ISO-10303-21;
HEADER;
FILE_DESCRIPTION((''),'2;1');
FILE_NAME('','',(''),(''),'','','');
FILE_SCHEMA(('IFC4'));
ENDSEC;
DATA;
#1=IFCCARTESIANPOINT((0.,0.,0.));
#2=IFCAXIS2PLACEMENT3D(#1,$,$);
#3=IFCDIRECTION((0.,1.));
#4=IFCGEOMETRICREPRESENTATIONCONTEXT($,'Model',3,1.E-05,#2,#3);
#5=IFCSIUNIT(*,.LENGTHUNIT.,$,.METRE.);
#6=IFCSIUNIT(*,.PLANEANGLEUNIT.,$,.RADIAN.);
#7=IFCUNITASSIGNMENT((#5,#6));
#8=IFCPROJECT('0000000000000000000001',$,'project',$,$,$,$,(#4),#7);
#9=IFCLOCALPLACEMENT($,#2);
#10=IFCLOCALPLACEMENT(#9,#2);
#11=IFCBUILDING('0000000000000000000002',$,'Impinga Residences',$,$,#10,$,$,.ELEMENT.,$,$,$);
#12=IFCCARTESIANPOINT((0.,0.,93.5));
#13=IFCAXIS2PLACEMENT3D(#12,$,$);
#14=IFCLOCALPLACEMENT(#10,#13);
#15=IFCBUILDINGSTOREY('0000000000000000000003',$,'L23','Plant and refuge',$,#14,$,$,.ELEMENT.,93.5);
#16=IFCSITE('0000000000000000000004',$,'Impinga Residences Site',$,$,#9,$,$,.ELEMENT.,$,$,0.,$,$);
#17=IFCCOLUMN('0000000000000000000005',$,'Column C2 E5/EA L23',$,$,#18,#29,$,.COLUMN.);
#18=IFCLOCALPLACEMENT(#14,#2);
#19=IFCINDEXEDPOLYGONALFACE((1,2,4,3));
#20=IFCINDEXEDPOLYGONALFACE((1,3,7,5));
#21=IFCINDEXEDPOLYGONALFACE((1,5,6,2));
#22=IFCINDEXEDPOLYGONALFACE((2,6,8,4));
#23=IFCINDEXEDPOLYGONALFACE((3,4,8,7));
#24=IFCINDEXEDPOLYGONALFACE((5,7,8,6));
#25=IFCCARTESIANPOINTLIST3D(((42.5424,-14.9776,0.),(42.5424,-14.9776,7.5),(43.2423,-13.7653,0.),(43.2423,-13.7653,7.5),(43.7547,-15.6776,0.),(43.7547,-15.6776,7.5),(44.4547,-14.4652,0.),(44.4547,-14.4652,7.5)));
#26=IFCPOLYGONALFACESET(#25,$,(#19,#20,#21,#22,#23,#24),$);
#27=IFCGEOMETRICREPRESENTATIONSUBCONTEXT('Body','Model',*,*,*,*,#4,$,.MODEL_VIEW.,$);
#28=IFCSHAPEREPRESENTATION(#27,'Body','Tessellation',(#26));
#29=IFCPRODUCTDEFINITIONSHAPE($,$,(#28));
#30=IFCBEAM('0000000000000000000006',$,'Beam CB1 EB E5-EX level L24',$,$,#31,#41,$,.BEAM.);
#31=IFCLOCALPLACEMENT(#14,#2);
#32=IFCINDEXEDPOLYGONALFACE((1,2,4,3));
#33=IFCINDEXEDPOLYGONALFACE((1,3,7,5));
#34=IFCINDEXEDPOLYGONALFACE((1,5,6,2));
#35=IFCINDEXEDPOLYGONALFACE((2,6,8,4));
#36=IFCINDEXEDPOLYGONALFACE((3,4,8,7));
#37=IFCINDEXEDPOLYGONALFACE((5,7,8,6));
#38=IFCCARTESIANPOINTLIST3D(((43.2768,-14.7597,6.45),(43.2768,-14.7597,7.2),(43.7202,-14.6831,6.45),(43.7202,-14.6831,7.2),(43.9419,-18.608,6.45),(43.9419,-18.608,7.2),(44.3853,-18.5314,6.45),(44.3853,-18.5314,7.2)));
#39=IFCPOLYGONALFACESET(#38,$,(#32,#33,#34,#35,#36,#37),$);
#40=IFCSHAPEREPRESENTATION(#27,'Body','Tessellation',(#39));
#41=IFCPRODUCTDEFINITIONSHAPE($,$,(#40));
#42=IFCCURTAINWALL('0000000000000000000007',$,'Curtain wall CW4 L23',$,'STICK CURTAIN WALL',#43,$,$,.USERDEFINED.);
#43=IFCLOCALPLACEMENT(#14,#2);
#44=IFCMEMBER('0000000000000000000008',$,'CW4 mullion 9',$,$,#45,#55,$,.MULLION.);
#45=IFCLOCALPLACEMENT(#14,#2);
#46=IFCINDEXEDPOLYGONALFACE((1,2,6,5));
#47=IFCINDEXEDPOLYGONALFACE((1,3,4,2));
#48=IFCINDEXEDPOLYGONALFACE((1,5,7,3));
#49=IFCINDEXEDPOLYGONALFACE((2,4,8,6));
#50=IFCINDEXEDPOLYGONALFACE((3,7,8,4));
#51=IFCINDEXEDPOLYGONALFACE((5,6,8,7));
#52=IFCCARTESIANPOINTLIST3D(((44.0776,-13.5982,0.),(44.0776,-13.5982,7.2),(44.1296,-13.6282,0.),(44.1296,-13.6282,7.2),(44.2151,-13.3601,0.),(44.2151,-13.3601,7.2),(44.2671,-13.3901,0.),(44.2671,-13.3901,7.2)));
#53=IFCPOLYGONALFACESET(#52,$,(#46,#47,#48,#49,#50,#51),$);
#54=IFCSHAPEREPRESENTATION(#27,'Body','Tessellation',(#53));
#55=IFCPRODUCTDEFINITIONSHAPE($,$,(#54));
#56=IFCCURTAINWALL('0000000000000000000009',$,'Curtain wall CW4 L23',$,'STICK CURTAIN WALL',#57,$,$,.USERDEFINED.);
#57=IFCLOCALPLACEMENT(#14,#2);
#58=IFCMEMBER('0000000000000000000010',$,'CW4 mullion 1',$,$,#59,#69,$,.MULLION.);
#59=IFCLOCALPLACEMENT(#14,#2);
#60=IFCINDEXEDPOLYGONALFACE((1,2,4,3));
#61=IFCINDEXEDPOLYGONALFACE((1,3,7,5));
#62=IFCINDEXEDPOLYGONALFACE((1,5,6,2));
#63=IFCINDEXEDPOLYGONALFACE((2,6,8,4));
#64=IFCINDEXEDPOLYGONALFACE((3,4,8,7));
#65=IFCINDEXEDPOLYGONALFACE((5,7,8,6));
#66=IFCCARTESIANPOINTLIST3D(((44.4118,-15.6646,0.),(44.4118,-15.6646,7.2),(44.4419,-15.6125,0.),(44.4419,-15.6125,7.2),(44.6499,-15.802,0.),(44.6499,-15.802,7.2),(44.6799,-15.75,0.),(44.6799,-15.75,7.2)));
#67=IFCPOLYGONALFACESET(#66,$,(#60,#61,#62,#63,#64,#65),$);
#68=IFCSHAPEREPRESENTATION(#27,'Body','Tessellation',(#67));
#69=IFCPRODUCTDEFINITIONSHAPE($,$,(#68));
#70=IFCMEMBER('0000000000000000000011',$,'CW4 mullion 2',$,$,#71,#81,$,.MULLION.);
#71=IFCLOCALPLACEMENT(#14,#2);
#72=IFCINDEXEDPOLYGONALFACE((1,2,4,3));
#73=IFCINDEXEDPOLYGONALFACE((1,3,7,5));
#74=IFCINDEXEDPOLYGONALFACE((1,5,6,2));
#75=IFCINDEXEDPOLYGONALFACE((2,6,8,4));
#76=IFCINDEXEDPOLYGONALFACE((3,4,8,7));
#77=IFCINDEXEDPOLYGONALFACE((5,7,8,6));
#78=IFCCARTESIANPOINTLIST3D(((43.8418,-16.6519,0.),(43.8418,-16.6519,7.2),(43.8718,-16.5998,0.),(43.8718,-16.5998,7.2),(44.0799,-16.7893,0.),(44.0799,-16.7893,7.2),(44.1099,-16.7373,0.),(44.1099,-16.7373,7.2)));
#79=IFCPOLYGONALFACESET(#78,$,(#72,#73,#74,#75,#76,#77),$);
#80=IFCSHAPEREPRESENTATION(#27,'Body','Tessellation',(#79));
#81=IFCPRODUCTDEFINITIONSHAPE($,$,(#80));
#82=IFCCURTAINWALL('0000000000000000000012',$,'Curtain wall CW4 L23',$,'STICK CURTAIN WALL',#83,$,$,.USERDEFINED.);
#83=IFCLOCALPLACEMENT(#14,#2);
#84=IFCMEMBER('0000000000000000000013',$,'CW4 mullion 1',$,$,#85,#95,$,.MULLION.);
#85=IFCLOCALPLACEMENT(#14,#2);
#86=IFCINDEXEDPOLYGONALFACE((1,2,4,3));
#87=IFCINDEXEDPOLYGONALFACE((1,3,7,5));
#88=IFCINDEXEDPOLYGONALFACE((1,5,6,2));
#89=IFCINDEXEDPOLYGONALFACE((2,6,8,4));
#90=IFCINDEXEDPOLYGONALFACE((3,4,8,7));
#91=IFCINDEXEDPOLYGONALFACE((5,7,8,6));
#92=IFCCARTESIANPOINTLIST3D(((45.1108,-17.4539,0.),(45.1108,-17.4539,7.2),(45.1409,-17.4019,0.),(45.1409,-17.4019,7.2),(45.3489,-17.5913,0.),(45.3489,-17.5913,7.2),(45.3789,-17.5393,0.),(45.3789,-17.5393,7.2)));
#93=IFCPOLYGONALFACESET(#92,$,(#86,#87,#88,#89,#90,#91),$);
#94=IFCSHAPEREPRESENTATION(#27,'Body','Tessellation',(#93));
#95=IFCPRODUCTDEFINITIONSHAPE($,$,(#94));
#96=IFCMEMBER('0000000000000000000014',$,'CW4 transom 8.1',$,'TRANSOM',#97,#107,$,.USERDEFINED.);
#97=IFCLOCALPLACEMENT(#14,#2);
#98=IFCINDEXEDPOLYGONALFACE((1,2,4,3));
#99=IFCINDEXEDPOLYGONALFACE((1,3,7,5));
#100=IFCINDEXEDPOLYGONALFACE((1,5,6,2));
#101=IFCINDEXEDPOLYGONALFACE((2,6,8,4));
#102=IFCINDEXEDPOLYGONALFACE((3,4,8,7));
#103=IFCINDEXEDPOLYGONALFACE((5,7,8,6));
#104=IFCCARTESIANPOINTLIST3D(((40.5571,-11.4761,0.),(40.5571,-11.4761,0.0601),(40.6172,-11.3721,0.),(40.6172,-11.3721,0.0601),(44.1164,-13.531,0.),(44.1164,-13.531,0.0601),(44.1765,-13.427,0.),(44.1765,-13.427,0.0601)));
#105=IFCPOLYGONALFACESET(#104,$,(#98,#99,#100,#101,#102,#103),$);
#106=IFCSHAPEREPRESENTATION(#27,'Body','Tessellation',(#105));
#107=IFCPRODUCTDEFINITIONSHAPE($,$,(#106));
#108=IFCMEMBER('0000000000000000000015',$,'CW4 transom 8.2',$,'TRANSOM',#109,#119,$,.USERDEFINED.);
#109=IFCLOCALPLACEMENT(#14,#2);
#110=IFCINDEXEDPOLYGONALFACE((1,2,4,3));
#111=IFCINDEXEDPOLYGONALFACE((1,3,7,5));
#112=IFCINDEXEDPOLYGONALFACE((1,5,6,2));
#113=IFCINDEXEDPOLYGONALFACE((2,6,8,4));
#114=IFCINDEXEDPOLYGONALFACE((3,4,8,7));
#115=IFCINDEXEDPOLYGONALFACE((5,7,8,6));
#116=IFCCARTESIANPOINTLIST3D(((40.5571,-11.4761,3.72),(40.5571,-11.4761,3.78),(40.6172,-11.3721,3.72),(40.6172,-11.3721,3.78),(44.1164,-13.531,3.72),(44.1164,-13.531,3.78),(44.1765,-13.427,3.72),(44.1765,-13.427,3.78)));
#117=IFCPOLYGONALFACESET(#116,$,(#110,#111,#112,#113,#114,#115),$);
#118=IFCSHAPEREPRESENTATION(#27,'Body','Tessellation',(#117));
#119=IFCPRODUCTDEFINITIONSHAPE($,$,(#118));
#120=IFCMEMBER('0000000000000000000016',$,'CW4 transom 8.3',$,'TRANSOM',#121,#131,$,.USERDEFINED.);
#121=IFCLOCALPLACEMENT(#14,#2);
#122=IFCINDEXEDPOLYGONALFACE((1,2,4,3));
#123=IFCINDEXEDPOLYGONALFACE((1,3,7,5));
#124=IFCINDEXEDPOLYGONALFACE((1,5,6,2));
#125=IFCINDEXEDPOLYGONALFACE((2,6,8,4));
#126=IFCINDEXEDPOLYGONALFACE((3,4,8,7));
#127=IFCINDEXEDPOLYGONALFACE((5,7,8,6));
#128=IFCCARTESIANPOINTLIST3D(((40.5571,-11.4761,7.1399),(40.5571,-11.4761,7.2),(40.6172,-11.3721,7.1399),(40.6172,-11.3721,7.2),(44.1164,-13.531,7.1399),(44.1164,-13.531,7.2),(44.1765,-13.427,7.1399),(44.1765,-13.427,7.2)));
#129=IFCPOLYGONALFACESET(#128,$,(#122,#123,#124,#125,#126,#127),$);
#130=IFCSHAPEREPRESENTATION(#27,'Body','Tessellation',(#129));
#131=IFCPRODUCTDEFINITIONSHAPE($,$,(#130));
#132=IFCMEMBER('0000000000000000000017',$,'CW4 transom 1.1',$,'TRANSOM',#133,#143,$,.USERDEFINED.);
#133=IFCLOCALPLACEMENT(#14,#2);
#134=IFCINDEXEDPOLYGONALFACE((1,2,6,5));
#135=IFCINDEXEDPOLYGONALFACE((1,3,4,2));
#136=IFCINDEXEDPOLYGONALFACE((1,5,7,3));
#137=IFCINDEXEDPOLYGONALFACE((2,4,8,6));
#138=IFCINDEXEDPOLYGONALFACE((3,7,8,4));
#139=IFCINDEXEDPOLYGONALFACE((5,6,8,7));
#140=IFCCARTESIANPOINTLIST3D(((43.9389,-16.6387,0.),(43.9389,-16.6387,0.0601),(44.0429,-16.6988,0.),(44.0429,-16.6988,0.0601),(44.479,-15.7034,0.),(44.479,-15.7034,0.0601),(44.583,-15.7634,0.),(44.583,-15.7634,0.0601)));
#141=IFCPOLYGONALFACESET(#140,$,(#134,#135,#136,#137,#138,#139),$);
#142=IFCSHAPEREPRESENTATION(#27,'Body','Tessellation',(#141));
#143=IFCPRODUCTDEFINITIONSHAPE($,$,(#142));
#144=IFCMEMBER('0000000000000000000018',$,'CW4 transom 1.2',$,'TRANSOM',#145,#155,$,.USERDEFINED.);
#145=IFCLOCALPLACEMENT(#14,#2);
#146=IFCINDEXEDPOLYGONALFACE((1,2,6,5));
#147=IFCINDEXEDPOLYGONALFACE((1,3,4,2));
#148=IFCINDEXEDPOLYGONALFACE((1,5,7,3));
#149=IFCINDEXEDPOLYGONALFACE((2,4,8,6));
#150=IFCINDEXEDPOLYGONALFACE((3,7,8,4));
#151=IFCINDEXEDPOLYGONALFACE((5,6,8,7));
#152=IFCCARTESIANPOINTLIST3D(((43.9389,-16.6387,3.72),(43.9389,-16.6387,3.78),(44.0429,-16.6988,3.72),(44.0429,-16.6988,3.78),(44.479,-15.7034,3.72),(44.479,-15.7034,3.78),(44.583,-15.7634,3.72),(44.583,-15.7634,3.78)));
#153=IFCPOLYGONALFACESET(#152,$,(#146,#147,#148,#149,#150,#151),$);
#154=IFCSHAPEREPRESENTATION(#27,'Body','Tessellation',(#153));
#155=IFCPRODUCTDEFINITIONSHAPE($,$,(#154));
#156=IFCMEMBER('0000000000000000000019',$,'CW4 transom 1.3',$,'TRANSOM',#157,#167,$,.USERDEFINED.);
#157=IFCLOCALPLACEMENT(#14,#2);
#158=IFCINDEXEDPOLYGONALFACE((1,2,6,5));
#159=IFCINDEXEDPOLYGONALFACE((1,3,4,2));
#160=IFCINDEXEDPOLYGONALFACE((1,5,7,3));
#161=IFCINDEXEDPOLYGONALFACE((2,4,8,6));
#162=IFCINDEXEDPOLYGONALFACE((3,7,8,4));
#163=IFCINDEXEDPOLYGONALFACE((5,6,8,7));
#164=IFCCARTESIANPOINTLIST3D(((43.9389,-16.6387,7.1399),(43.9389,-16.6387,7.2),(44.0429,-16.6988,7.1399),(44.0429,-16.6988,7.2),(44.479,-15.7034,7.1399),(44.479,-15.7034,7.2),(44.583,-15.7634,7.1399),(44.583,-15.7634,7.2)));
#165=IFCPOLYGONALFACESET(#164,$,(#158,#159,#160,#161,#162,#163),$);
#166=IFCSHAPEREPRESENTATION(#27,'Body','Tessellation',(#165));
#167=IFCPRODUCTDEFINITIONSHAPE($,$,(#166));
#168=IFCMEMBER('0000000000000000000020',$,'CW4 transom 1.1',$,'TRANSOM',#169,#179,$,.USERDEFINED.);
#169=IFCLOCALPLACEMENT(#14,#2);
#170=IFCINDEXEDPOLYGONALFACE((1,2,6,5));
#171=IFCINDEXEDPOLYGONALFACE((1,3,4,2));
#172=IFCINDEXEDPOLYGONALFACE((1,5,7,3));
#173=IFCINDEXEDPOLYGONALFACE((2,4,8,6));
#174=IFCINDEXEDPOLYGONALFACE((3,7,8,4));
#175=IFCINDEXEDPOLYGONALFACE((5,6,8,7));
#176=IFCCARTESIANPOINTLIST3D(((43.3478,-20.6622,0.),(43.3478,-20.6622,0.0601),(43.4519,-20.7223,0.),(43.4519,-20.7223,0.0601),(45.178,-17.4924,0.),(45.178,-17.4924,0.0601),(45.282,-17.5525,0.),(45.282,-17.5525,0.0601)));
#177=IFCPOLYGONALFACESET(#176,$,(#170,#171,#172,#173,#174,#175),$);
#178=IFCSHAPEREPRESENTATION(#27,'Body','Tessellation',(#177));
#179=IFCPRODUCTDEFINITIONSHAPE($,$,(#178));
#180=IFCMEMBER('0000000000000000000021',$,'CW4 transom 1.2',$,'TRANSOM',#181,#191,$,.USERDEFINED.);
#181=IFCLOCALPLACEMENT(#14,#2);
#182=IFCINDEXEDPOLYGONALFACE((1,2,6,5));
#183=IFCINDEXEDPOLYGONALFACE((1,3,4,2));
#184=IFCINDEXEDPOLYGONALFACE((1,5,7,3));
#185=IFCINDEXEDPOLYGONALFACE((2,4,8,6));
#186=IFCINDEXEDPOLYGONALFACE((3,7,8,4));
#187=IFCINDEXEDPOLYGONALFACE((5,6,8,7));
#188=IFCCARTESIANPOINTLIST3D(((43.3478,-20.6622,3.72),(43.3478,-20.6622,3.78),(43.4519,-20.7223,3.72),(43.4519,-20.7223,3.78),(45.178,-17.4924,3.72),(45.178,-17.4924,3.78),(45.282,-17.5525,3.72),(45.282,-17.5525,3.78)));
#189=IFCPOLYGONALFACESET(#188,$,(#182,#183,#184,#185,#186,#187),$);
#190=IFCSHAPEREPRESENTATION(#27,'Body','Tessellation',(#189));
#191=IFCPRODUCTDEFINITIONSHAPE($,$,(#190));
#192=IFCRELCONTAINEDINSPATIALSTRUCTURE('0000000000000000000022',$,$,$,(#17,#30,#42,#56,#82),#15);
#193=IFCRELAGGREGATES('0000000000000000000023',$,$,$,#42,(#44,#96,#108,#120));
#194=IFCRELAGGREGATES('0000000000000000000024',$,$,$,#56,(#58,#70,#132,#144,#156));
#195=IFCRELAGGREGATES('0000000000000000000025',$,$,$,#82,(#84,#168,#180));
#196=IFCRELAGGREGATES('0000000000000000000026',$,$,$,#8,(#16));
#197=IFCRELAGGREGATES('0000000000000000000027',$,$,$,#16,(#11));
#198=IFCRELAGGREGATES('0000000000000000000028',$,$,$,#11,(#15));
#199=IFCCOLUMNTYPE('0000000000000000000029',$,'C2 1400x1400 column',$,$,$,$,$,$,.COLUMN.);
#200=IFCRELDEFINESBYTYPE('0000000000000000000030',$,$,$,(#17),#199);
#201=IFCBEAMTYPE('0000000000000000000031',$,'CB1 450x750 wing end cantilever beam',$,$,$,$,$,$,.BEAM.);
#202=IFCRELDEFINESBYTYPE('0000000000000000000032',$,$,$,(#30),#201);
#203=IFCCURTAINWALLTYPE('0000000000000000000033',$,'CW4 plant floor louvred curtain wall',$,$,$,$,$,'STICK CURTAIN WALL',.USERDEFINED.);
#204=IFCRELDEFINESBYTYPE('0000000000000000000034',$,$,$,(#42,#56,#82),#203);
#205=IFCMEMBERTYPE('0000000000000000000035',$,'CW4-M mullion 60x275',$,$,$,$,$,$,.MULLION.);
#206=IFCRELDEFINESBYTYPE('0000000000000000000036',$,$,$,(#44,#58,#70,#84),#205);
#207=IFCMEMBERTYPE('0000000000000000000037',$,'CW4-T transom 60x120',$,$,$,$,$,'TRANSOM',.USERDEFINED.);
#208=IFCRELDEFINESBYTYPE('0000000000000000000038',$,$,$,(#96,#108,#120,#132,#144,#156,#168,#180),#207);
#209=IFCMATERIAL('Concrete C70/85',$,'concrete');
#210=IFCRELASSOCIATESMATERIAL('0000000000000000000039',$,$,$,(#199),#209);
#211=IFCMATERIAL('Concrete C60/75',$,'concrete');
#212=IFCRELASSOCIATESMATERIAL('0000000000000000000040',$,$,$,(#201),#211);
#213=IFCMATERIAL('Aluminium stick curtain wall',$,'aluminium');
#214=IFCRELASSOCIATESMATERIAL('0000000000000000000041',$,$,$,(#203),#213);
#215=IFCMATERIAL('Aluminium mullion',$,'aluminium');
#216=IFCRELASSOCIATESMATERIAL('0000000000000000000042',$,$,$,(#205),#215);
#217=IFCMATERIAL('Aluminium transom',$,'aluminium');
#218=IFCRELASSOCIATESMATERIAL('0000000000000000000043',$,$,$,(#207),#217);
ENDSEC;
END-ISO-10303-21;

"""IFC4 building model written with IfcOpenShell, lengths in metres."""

from ifc_helpers import new_model, si_unit, direction, frame, origin, origin_2d, place, context, subcontext, project, spatial, rectangle, extrude, material, material_profile, profile_set, type_object, element, aggregate, save


model = new_model("IFC4")

# Units and contexts
model_context = context("Model", 3, precision=1e-05, world=origin(), true_north=direction((0.0, 1.0)))
body_context = subcontext(model_context, "Body", "Model", "MODEL_VIEW")
ifc_project = project(units=[si_unit("LENGTHUNIT", "METRE"), si_unit("PLANEANGLEUNIT", "RADIAN")], contexts=[model_context])

# Site, building, storey
site_placement = place(None, origin())
site = spatial("IfcSite", under=ifc_project, at=site_placement, Name="Impinga Residences Site", CompositionType="ELEMENT", RefElevation=0.0)
building_placement = place(site_placement, origin())
building = spatial("IfcBuilding", under=site, at=building_placement, Name="Impinga Residences", CompositionType="ELEMENT")
storey_placement = place(building_placement, frame((0.0, 0.0, 93.5)))
storey = spatial("IfcBuildingStorey", under=building, at=storey_placement, Name="L23", Description="Plant and refuge", CompositionType="ELEMENT", Elevation=93.5)

# Column
ifc_material_1 = material(Name="Concrete C70/85", Category="concrete")
ifc_material_profile_1 = material_profile(ifc_material_1, rectangle(XDim=1.3999, YDim=1.3999, at=origin_2d()), Name="RC 1400x1400")
ifc_profile_set_1 = profile_set([ifc_material_profile_1], Name="Concrete C70/85")
column_type = type_object("IfcColumnType", Name="C2 1400x1400 column", PredefinedType="COLUMN", material=ifc_profile_set_1)
column_placement = place(storey_placement, frame((43.4985, -14.7214, 0.0), z_axis=(0.0, 0.0, 1.0), x_axis=(-0.5, -0.866025, 0.0)))
element("IfcColumn", 1, at=column_placement, inside=storey, type_object=column_type, Name="Column C2 E5/EA L23", PredefinedType="COLUMN", context=body_context, shape_type="SweptSolid", body=[
    extrude(rectangle(XDim=1.3999, YDim=1.3999, at=origin_2d()), origin(), (0.0, 0.0, 1.0), 7.5),
])

# Beam
ifc_material_2 = material(Name="Concrete C60/75", Category="concrete")
ifc_material_profile_2 = material_profile(ifc_material_2, rectangle(XDim=0.45, YDim=0.75, at=origin_2d()), Name="RC 450x750")
ifc_profile_set_2 = profile_set([ifc_material_profile_2], Name="Concrete C60/75")
beam_type_1 = type_object("IfcBeamType", Name="CB1 450x750 wing end cantilever beam", PredefinedType="BEAM", material=ifc_profile_set_2)
beam_1_placement = place(storey_placement, frame((43.4985, -14.7214, 6.825), z_axis=(0.170296, -0.985393, 0.0), x_axis=(0.985393, 0.170296, 0.0)))
element("IfcBeam", 2, at=beam_1_placement, inside=storey, type_object=beam_type_1, Name="Beam CB1 EB E5-EX level L24", PredefinedType="BEAM", context=body_context, shape_type="SweptSolid", body=[
    extrude(rectangle(XDim=0.45, YDim=0.75, at=origin_2d()), origin(), (0.0, 0.0, 1.0), 3.9053),
])

# Curtain wall, member
ifc_material_3 = material(Name="Aluminium stick curtain wall", Category="aluminium")
curtain_wall_type = type_object("IfcCurtainWallType", Name="CW4 plant floor louvred curtain wall", ElementType="STICK CURTAIN WALL", PredefinedType="USERDEFINED", material=ifc_material_3)
curtain_wall_1_placement = place(storey_placement, origin())
curtain_wall_1 = element("IfcCurtainWall", 3, at=curtain_wall_1_placement, inside=storey, type_object=curtain_wall_type, Name="Curtain wall CW4 L23", ObjectType="STICK CURTAIN WALL", PredefinedType="USERDEFINED")
ifc_material_4 = material(Name="Aluminium mullion", Category="aluminium")
ifc_material_profile_3 = material_profile(ifc_material_4, rectangle(XDim=0.0601, YDim=0.2749, at=origin_2d()), Name="60x275 mullion")
ifc_profile_set_3 = profile_set([ifc_material_profile_3], Name="Aluminium mullion")
member_type_1 = type_object("IfcMemberType", Name="CW4-M mullion 60x275", PredefinedType="MULLION", material=ifc_profile_set_3)
member_1_placement = place(storey_placement, frame((44.1724, -13.4941, 0.0), z_axis=(0.0, 0.0, 1.0), x_axis=(0.866025, -0.5, 0.0)))
member_1 = element("IfcMember", 4, at=member_1_placement, type_object=member_type_1, Name="CW4 mullion 9", PredefinedType="MULLION", context=body_context, shape_type="SweptSolid", body=[
    extrude(rectangle(XDim=0.0601, YDim=0.2749, at=origin_2d()), origin(), (0.0, 0.0, 1.0), 7.2),
])

# Curtain wall, members
curtain_wall_2_placement = place(storey_placement, origin())
curtain_wall_2 = element("IfcCurtainWall", 5, at=curtain_wall_2_placement, inside=storey, type_object=curtain_wall_type, Name="Curtain wall CW4 L23", ObjectType="STICK CURTAIN WALL", PredefinedType="USERDEFINED")
member_2_placement = place(storey_placement, frame((44.5459, -15.7073, 0.0), z_axis=(0.0, 0.0, 1.0), x_axis=(-0.5, -0.866025, 0.0)))
member_2 = element("IfcMember", 6, at=member_2_placement, type_object=member_type_1, Name="CW4 mullion 1", PredefinedType="MULLION", context=body_context, shape_type="SweptSolid", body=[
    extrude(rectangle(XDim=0.0601, YDim=0.2749, at=origin_2d()), origin(), (0.0, 0.0, 1.0), 7.2),
])
member_3_placement = place(storey_placement, frame((43.9758, -16.6946, 0.0), z_axis=(0.0, 0.0, 1.0), x_axis=(-0.5, -0.866025, 0.0)))
member_3 = element("IfcMember", 7, at=member_3_placement, type_object=member_type_1, Name="CW4 mullion 2", PredefinedType="MULLION", context=body_context, shape_type="SweptSolid", body=[
    extrude(rectangle(XDim=0.0601, YDim=0.2749, at=origin_2d()), origin(), (0.0, 0.0, 1.0), 7.2),
])

# Curtain wall, member
curtain_wall_3_placement = place(storey_placement, origin())
curtain_wall_3 = element("IfcCurtainWall", 8, at=curtain_wall_3_placement, inside=storey, type_object=curtain_wall_type, Name="Curtain wall CW4 L23", ObjectType="STICK CURTAIN WALL", PredefinedType="USERDEFINED")
member_4_placement = place(storey_placement, frame((45.2449, -17.4966, 0.0), z_axis=(0.0, 0.0, 1.0), x_axis=(-0.5, -0.866025, 0.0)))
member_4 = element("IfcMember", 9, at=member_4_placement, type_object=member_type_1, Name="CW4 mullion 1", PredefinedType="MULLION", context=body_context, shape_type="SweptSolid", body=[
    extrude(rectangle(XDim=0.0601, YDim=0.2749, at=origin_2d()), origin(), (0.0, 0.0, 1.0), 7.2),
])

# Members
ifc_material_5 = material(Name="Aluminium transom", Category="aluminium")
ifc_material_profile_4 = material_profile(ifc_material_5, rectangle(XDim=0.0601, YDim=0.1201, at=origin_2d()), Name="60x120 transom")
ifc_profile_set_4 = profile_set([ifc_material_profile_4], Name="Aluminium transom")
member_type_2 = type_object("IfcMemberType", Name="CW4-T transom 60x120", ElementType="TRANSOM", PredefinedType="USERDEFINED", material=ifc_profile_set_4)
member_5_placement = place(storey_placement, frame((40.5872, -11.4241, 0.03), z_axis=(0.86603, -0.499992, 0.0), x_axis=(0.0, 0.0, 1.0)))
member_5 = element("IfcMember", 10, at=member_5_placement, type_object=member_type_2, Name="CW4 transom 8.1", ObjectType="TRANSOM", PredefinedType="USERDEFINED", context=body_context, shape_type="SweptSolid", body=[
    extrude(rectangle(XDim=0.0601, YDim=0.1201, at=origin_2d()), origin(), (0.0, 0.0, 1.0), 4.1099),
])
member_6_placement = place(storey_placement, frame((40.5872, -11.4241, 3.75), z_axis=(0.86603, -0.499992, 0.0), x_axis=(0.0, 0.0, 1.0)))
member_6 = element("IfcMember", 11, at=member_6_placement, type_object=member_type_2, Name="CW4 transom 8.2", ObjectType="TRANSOM", PredefinedType="USERDEFINED", context=body_context, shape_type="SweptSolid", body=[
    extrude(rectangle(XDim=0.0601, YDim=0.1201, at=origin_2d()), origin(), (0.0, 0.0, 1.0), 4.1099),
])
member_7_placement = place(storey_placement, frame((40.5872, -11.4241, 7.1699), z_axis=(0.86603, -0.499992, 0.0), x_axis=(0.0, 0.0, 1.0)))
member_7 = element("IfcMember", 12, at=member_7_placement, type_object=member_type_2, Name="CW4 transom 8.3", ObjectType="TRANSOM", PredefinedType="USERDEFINED", context=body_context, shape_type="SweptSolid", body=[
    extrude(rectangle(XDim=0.0601, YDim=0.1201, at=origin_2d()), origin(), (0.0, 0.0, 1.0), 4.1099),
])
member_8_placement = place(storey_placement, frame((44.531, -15.7334, 0.03), z_axis=(-0.500029, -0.866009, 0.0), x_axis=(0.0, 0.0, 1.0)))
member_8 = element("IfcMember", 13, at=member_8_placement, type_object=member_type_2, Name="CW4 transom 1.1", ObjectType="TRANSOM", PredefinedType="USERDEFINED", context=body_context, shape_type="SweptSolid", body=[
    extrude(rectangle(XDim=0.0601, YDim=0.1201, at=origin_2d()), origin(), (0.0, 0.0, 1.0), 1.0801),
])
member_9_placement = place(storey_placement, frame((44.531, -15.7334, 3.75), z_axis=(-0.500029, -0.866009, 0.0), x_axis=(0.0, 0.0, 1.0)))
member_9 = element("IfcMember", 14, at=member_9_placement, type_object=member_type_2, Name="CW4 transom 1.2", ObjectType="TRANSOM", PredefinedType="USERDEFINED", context=body_context, shape_type="SweptSolid", body=[
    extrude(rectangle(XDim=0.0601, YDim=0.1201, at=origin_2d()), origin(), (0.0, 0.0, 1.0), 1.0801),
])
member_10_placement = place(storey_placement, frame((44.531, -15.7334, 7.1699), z_axis=(-0.500029, -0.866009, 0.0), x_axis=(0.0, 0.0, 1.0)))
member_10 = element("IfcMember", 15, at=member_10_placement, type_object=member_type_2, Name="CW4 transom 1.3", ObjectType="TRANSOM", PredefinedType="USERDEFINED", context=body_context, shape_type="SweptSolid", body=[
    extrude(rectangle(XDim=0.0601, YDim=0.1201, at=origin_2d()), origin(), (0.0, 0.0, 1.0), 1.0801),
])
member_11_placement = place(storey_placement, frame((45.23, -17.5225, 0.03), z_axis=(-0.500013, -0.866018, 0.0), x_axis=(0.0, 0.0, 1.0)))
member_11 = element("IfcMember", 16, at=member_11_placement, type_object=member_type_2, Name="CW4 transom 1.1", ObjectType="TRANSOM", PredefinedType="USERDEFINED", context=body_context, shape_type="SweptSolid", body=[
    extrude(rectangle(XDim=0.0601, YDim=0.1201, at=origin_2d()), origin(), (0.0, 0.0, 1.0), 3.6602),
])
member_12_placement = place(storey_placement, frame((45.23, -17.5225, 3.75), z_axis=(-0.500013, -0.866018, 0.0), x_axis=(0.0, 0.0, 1.0)))
member_12 = element("IfcMember", 17, at=member_12_placement, type_object=member_type_2, Name="CW4 transom 1.2", ObjectType="TRANSOM", PredefinedType="USERDEFINED", context=body_context, shape_type="SweptSolid", body=[
    extrude(rectangle(XDim=0.0601, YDim=0.1201, at=origin_2d()), origin(), (0.0, 0.0, 1.0), 3.6602),
])

aggregate(curtain_wall_1, [member_1, member_5, member_6, member_7])
aggregate(curtain_wall_2, [member_2, member_3, member_8, member_9, member_10])
aggregate(curtain_wall_3, [member_4, member_11, member_12])

save(model, "model.ifc")
